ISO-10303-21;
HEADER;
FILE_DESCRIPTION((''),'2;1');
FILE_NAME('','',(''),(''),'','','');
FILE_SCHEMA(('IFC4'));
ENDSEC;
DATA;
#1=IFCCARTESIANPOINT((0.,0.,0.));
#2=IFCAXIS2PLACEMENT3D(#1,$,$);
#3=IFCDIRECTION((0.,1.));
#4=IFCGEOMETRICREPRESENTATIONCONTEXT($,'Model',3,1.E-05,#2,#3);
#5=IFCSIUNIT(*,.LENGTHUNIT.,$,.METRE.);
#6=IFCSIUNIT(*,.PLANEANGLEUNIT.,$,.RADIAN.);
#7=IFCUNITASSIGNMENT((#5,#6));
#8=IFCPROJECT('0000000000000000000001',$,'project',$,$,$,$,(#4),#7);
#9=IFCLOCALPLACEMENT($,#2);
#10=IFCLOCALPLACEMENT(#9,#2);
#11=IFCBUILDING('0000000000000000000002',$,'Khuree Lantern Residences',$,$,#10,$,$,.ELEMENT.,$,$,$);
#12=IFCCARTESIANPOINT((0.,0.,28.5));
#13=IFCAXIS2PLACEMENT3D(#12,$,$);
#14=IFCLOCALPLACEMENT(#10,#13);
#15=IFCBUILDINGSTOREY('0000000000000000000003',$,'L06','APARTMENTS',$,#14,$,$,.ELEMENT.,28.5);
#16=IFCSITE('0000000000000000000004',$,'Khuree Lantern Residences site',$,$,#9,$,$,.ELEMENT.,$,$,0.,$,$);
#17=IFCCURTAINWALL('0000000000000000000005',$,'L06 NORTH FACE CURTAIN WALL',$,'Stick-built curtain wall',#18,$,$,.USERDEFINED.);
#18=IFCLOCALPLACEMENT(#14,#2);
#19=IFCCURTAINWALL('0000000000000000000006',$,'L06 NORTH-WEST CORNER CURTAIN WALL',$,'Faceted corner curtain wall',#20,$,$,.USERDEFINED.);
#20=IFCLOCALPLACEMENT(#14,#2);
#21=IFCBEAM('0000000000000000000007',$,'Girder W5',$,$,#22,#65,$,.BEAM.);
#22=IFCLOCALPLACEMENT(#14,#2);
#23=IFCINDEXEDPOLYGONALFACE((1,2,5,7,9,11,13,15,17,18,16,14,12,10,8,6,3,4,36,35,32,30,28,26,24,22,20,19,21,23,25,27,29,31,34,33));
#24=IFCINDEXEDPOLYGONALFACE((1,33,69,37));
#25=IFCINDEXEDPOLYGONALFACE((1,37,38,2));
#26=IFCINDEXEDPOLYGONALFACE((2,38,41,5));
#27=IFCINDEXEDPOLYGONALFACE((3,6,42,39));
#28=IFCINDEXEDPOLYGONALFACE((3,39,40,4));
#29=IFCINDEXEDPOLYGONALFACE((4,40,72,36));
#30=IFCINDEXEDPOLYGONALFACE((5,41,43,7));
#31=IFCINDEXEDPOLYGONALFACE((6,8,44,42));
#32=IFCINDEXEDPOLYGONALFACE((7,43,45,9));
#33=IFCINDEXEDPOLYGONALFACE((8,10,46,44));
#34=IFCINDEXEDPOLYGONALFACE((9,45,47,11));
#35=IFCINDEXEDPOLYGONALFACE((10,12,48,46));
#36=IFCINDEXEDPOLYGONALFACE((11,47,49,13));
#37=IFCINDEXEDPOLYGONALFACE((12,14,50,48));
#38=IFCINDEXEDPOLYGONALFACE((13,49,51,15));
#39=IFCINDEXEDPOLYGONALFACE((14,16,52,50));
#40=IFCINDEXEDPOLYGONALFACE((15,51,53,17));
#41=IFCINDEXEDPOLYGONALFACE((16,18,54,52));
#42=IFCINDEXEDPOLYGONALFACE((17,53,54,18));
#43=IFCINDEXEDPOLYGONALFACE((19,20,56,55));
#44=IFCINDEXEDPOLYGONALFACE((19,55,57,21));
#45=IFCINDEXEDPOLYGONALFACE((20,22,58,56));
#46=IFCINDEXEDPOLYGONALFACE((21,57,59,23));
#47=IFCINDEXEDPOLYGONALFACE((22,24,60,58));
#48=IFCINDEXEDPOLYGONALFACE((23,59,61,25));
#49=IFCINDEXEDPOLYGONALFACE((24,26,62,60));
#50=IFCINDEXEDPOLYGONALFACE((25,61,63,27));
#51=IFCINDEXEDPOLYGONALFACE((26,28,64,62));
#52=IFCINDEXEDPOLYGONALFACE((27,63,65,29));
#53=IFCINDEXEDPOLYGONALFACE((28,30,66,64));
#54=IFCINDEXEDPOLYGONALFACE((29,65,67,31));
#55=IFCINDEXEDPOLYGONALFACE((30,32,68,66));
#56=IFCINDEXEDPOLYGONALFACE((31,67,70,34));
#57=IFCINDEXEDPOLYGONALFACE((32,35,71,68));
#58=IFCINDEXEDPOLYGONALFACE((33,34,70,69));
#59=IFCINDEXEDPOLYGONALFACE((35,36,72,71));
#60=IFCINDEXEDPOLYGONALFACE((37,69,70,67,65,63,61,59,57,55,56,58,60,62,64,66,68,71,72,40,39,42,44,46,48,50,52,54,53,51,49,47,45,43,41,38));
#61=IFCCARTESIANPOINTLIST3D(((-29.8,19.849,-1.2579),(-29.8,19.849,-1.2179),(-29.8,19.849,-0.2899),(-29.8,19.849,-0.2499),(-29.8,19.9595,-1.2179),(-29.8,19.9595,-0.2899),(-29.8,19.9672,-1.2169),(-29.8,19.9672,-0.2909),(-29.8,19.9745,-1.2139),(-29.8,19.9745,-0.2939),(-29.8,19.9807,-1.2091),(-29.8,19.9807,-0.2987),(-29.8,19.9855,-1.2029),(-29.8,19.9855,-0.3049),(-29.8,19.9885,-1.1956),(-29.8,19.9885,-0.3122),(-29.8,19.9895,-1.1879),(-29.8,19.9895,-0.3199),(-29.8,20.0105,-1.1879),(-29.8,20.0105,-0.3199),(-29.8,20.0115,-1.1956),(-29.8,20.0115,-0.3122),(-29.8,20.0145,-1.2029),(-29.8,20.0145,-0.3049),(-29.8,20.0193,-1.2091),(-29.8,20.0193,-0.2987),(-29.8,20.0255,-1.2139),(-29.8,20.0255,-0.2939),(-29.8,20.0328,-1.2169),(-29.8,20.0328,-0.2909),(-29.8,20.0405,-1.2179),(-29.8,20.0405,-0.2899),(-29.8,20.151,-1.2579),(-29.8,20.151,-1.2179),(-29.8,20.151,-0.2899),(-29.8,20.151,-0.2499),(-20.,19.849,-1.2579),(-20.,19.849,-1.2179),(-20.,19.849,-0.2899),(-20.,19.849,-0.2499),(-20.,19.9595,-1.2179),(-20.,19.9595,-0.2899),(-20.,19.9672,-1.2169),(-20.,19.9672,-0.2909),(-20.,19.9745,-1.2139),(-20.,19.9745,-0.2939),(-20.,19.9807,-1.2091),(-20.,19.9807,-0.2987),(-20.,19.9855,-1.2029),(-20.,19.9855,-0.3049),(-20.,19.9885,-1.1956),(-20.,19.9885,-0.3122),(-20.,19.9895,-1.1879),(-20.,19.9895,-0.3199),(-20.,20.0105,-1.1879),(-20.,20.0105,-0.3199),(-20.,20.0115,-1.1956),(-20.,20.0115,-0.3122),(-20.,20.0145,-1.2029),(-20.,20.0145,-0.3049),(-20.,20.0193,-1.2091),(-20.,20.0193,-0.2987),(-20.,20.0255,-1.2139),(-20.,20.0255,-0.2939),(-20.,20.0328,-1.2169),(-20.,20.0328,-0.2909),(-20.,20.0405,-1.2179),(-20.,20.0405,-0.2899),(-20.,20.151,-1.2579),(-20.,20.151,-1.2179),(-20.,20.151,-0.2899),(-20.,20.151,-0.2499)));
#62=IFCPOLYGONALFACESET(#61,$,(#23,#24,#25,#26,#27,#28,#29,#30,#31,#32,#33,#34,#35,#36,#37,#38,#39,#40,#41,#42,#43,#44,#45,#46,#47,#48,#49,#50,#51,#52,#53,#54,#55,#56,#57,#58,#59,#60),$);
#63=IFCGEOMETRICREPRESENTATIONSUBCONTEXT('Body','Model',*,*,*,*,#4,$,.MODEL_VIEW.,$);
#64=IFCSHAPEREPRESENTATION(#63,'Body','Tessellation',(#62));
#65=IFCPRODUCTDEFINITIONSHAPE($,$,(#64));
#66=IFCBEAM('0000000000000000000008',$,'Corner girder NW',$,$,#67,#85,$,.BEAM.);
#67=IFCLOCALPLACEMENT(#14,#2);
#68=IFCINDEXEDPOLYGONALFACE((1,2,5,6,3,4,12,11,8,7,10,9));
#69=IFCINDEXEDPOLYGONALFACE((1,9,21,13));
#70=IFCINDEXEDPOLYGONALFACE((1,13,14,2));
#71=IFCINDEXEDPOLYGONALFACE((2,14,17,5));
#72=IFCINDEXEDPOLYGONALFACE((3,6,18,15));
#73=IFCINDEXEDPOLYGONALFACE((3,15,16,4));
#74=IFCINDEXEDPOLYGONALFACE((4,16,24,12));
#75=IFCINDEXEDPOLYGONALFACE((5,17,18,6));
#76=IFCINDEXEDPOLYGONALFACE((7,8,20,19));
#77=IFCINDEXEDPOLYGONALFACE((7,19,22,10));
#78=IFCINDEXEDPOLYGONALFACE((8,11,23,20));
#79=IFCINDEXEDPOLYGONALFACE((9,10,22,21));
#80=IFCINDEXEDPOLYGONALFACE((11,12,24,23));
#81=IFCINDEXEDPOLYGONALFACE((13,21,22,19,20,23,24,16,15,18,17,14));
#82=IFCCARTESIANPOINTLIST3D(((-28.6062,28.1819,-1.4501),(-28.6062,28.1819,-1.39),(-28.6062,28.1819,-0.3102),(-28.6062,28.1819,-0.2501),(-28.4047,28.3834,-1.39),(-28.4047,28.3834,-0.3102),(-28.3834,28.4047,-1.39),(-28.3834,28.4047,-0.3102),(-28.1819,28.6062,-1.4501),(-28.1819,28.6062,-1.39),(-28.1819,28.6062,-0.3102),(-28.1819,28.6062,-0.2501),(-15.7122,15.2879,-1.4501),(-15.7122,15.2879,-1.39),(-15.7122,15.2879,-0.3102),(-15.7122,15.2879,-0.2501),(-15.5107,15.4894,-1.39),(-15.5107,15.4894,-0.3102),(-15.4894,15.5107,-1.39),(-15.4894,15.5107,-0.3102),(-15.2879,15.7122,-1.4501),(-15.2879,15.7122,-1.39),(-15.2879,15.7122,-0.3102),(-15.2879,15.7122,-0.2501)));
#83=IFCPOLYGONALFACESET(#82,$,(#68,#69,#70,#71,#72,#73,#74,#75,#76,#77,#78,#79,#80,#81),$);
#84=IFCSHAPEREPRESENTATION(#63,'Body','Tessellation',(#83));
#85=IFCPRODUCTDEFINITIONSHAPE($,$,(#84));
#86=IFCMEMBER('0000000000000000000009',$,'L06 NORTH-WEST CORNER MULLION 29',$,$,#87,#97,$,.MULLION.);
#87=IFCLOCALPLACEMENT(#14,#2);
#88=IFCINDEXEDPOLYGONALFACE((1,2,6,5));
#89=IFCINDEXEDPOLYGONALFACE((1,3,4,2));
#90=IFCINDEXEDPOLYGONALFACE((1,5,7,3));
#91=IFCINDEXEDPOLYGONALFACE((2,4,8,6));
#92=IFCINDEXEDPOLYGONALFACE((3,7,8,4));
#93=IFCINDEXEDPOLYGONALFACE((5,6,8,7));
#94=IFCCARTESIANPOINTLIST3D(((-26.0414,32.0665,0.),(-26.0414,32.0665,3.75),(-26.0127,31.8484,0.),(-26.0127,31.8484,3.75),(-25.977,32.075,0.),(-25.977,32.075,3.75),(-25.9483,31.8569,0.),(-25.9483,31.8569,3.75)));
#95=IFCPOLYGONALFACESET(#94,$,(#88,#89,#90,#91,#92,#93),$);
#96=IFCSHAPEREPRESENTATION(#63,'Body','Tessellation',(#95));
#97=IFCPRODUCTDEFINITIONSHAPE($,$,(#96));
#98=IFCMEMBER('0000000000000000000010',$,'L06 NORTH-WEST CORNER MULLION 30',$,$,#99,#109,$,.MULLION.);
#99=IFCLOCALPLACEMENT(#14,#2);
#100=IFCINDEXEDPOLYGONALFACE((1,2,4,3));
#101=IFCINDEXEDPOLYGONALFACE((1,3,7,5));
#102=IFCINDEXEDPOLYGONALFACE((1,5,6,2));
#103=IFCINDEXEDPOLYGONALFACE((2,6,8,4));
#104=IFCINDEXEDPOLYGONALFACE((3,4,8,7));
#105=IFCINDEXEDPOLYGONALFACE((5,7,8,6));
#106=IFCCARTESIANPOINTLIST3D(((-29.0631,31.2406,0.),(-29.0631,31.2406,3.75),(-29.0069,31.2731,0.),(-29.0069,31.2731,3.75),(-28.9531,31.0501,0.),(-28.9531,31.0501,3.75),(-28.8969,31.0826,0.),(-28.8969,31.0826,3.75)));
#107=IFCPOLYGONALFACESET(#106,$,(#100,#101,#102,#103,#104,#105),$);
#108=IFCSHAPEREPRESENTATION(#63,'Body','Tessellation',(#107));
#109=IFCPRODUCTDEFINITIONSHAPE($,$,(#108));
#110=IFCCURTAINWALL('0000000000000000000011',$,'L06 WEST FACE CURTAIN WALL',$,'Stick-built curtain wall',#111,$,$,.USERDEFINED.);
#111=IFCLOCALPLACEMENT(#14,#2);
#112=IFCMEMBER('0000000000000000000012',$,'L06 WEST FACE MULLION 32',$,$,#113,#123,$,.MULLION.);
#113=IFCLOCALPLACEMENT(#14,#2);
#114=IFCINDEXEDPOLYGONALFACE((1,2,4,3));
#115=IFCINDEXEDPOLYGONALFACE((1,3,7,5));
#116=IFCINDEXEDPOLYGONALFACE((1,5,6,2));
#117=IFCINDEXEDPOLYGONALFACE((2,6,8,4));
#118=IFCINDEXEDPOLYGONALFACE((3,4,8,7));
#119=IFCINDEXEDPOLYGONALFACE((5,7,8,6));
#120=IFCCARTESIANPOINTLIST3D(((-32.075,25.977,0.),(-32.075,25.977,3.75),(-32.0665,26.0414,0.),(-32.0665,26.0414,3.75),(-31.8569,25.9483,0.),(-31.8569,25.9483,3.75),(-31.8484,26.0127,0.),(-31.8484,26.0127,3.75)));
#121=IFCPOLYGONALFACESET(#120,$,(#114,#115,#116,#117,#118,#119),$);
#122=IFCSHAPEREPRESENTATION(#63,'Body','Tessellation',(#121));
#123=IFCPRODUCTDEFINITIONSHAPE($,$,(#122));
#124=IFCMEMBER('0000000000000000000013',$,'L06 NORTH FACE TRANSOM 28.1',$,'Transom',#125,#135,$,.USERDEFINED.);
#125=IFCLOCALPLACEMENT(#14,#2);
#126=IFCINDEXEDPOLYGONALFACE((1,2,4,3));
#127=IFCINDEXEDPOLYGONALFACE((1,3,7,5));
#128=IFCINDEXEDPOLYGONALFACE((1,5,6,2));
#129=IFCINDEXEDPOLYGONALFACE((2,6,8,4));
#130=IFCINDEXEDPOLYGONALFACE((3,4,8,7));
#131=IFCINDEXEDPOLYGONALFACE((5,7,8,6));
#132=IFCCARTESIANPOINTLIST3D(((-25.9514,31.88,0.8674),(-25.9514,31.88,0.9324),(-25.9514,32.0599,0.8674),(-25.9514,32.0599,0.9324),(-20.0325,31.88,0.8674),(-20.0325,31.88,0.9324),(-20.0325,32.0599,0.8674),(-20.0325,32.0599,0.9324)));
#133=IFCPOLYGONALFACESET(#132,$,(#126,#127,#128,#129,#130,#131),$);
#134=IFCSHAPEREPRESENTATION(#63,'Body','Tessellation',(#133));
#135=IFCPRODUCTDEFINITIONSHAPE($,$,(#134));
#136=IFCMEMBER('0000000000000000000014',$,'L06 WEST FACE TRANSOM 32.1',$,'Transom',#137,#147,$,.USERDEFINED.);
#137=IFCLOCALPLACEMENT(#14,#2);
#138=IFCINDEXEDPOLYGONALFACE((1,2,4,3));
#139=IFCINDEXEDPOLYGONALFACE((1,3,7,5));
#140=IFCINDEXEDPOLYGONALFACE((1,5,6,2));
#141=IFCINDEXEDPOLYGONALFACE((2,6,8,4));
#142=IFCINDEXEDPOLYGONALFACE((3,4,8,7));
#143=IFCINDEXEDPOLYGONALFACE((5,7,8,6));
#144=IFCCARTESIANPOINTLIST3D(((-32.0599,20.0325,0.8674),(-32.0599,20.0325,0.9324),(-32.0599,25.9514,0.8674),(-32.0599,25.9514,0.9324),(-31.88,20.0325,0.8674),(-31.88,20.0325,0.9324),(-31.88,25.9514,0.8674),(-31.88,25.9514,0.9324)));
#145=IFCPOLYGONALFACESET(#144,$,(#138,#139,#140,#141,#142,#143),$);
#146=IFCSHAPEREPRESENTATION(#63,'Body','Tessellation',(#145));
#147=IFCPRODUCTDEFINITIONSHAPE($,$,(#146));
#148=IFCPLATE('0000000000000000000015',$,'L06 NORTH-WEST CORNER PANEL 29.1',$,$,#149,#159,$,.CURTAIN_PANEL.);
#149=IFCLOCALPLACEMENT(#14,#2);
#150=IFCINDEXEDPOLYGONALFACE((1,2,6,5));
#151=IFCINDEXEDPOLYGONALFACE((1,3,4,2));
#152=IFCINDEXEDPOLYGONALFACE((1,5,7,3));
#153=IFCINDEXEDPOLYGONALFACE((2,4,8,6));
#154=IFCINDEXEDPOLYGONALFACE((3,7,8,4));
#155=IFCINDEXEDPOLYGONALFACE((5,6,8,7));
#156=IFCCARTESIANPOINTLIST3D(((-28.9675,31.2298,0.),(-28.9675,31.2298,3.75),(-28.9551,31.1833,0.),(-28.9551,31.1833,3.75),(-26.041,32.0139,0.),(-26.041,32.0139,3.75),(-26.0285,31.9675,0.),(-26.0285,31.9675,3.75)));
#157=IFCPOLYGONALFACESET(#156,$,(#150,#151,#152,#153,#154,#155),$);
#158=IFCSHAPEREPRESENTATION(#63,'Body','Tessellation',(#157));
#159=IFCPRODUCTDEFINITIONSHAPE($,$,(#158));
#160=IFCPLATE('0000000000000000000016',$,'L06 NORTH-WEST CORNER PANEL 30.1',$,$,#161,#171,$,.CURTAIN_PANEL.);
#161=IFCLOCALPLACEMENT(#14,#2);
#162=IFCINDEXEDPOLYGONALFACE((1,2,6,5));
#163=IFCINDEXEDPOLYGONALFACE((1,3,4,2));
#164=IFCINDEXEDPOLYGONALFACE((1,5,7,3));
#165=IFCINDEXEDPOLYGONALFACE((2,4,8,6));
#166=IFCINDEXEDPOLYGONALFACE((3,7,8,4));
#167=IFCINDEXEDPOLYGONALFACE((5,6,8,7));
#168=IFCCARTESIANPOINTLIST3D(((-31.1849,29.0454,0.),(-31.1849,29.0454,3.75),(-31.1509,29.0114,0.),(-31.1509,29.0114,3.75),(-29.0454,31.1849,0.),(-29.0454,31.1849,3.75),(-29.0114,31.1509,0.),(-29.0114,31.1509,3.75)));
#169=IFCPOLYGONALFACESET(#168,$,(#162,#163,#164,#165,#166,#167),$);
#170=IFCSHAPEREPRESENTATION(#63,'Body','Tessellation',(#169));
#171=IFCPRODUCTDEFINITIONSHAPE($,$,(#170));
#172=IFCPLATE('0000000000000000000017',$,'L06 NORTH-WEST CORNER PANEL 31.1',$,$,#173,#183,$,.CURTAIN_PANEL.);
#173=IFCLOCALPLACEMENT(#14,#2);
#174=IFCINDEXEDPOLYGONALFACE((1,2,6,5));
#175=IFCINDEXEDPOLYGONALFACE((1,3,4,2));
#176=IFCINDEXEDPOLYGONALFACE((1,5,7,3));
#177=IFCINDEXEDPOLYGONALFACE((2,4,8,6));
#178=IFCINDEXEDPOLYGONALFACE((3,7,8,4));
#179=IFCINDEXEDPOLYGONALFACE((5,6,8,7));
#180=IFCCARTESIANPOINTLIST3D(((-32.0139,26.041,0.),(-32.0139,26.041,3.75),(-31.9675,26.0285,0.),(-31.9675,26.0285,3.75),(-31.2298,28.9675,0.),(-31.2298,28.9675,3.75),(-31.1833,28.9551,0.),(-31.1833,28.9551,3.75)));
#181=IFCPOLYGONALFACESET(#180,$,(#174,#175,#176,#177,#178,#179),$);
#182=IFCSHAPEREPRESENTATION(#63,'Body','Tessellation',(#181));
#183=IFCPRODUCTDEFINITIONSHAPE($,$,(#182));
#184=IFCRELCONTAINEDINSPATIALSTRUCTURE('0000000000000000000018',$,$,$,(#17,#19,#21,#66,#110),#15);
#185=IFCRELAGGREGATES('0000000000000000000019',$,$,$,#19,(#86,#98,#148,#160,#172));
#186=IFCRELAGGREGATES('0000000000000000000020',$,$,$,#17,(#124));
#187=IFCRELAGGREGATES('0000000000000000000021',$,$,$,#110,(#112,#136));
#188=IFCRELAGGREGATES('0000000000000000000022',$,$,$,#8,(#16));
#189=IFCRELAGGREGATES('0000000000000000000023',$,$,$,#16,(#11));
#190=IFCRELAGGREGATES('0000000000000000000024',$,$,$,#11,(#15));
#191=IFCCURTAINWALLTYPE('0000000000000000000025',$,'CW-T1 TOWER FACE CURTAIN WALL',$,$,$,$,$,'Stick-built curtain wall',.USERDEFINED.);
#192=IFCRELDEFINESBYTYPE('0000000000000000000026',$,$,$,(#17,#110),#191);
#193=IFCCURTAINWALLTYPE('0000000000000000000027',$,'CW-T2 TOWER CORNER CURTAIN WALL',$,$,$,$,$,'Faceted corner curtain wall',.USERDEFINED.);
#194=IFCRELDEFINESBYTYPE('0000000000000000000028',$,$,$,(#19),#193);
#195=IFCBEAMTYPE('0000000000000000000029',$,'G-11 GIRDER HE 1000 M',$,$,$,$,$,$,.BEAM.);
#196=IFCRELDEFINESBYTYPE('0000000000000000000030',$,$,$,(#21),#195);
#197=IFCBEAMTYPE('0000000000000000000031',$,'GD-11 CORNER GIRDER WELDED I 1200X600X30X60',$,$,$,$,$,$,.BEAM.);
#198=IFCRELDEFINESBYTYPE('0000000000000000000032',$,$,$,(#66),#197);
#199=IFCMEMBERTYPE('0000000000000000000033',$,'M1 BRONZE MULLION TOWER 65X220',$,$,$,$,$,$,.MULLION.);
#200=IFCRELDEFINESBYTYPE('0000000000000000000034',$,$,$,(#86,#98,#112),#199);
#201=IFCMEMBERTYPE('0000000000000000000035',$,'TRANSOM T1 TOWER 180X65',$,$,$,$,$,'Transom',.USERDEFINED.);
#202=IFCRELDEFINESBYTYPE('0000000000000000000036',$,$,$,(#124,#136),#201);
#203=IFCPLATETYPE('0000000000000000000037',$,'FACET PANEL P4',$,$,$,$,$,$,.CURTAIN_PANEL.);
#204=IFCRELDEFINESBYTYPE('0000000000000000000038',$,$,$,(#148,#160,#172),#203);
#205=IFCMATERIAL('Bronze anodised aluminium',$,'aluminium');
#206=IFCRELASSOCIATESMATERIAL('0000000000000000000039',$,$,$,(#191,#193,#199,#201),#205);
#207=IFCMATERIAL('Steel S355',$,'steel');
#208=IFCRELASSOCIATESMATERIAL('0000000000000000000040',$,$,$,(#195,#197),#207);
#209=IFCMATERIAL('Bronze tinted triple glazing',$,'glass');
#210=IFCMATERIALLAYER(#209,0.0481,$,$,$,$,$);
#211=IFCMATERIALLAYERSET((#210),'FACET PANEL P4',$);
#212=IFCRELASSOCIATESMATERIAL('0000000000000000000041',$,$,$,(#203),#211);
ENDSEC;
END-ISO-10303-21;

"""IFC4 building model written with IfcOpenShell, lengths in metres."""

from ifc_helpers import new_model, si_unit, direction, frame, origin, origin_2d, place, context, subcontext, project, spatial, rectangle, i_section, extrude, material, layer, layer_set, material_profile, profile_set, type_object, element, aggregate, save


model = new_model("IFC4")

# Units and contexts
model_context = context("Model", 3, precision=1e-05, world=origin(), true_north=direction((0.0, 1.0)))
body_context = subcontext(model_context, "Body", "Model", "MODEL_VIEW")
ifc_project = project(units=[si_unit("LENGTHUNIT", "METRE"), si_unit("PLANEANGLEUNIT", "RADIAN")], contexts=[model_context])

# Site, building, storey
site_placement = place(None, origin())
site = spatial("IfcSite", under=ifc_project, at=site_placement, Name="Khuree Lantern Residences site", CompositionType="ELEMENT", RefElevation=0.0)
building_placement = place(site_placement, origin())
building = spatial("IfcBuilding", under=site, at=building_placement, Name="Khuree Lantern Residences", CompositionType="ELEMENT")
storey_placement = place(building_placement, frame((0.0, 0.0, 28.5)))
storey = spatial("IfcBuildingStorey", under=building, at=storey_placement, Name="L06", Description="APARTMENTS", CompositionType="ELEMENT", Elevation=28.5)

# Shared definitions
ifc_material_1 = material(Name="Steel S355", Category="steel")

# Curtain walls
ifc_material_2 = material(Name="Bronze anodised aluminium", Category="aluminium")
curtain_wall_type_1 = type_object("IfcCurtainWallType", Name="CW-T1 TOWER FACE CURTAIN WALL", ElementType="Stick-built curtain wall", PredefinedType="USERDEFINED", material=ifc_material_2)
curtain_wall_1_placement = place(storey_placement, origin())
curtain_wall_1 = element("IfcCurtainWall", 1, at=curtain_wall_1_placement, inside=storey, type_object=curtain_wall_type_1, Name="L06 NORTH FACE CURTAIN WALL", ObjectType="Stick-built curtain wall", PredefinedType="USERDEFINED")
curtain_wall_type_2 = type_object("IfcCurtainWallType", Name="CW-T2 TOWER CORNER CURTAIN WALL", ElementType="Faceted corner curtain wall", PredefinedType="USERDEFINED", material=ifc_material_2)
curtain_wall_2_placement = place(storey_placement, origin())
curtain_wall_2 = element("IfcCurtainWall", 2, at=curtain_wall_2_placement, inside=storey, type_object=curtain_wall_type_2, Name="L06 NORTH-WEST CORNER CURTAIN WALL", ObjectType="Faceted corner curtain wall", PredefinedType="USERDEFINED")

# Beams
ifc_material_profile_1 = material_profile(ifc_material_1, i_section(OverallWidth=0.302, OverallDepth=1.0081, WebThickness=0.021, FlangeThickness=0.04, FilletRadius=0.03, at=origin_2d()), Name="HE 1000 M")
ifc_profile_set_1 = profile_set([ifc_material_profile_1], Name="Steel S355")
beam_type_1 = type_object("IfcBeamType", Name="G-11 GIRDER HE 1000 M", PredefinedType="BEAM", material=ifc_profile_set_1)
for number, where, z_axis, x_axis, name in (
    (3, (-29.8, 20.0, -0.7539), (1.0, 0.0, 0.0), (0.0, 1.0, 0.0), "Girder W5"),
):
    element("IfcBeam", number, at=place(storey_placement, frame(where, z_axis=z_axis, x_axis=x_axis)), inside=storey, type_object=beam_type_1, Name=name, PredefinedType="BEAM", context=body_context, shape_type="SweptSolid", body=[
        extrude(i_section(OverallWidth=0.302, OverallDepth=1.0081, WebThickness=0.021, FlangeThickness=0.04, FilletRadius=0.03, at=origin_2d()), origin(), (0.0, 0.0, 1.0), 9.8),
    ])
ifc_material_profile_2 = material_profile(ifc_material_1, i_section(OverallWidth=0.6001, OverallDepth=1.2, WebThickness=0.03, FlangeThickness=0.0601, at=origin_2d()), Name="WELDED I 1200X600X30X60")
ifc_profile_set_2 = profile_set([ifc_material_profile_2], Name="Steel S355")
beam_type_2 = type_object("IfcBeamType", Name="GD-11 CORNER GIRDER WELDED I 1200X600X30X60", PredefinedType="BEAM", material=ifc_profile_set_2)
beam_1_placement = place(storey_placement, frame((-28.394, 28.394, -0.8501), z_axis=(0.707107, -0.707107, 0.0), x_axis=(0.707107, 0.707107, 0.0)))
element("IfcBeam", 4, at=beam_1_placement, inside=storey, type_object=beam_type_2, Name="Corner girder NW", PredefinedType="BEAM", context=body_context, shape_type="SweptSolid", body=[
    extrude(i_section(OverallWidth=0.6001, OverallDepth=1.2, WebThickness=0.03, FlangeThickness=0.0601, at=origin_2d()), origin(), (0.0, 0.0, 1.0), 18.2349),
])

# Members
ifc_material_profile_3 = material_profile(ifc_material_2, rectangle(XDim=0.0649, YDim=0.22, at=origin_2d()), Name="M1 65X220")
ifc_profile_set_3 = profile_set([ifc_material_profile_3], Name="Bronze anodised aluminium")
member_type_1 = type_object("IfcMemberType", Name="M1 BRONZE MULLION TOWER 65X220", PredefinedType="MULLION", material=ifc_profile_set_3)
member_1_placement = place(storey_placement, frame((-25.9949, 31.9617, 0.0), z_axis=(0.0, 0.0, 1.0), x_axis=(-0.991445, -0.130526, 0.0)))
member_1 = element("IfcMember", 5, at=member_1_placement, type_object=member_type_1, Name="L06 NORTH-WEST CORNER MULLION 29", PredefinedType="MULLION", context=body_context, shape_type="SweptSolid", body=[
    extrude(rectangle(XDim=0.0649, YDim=0.22, at=origin_2d()), origin(), (0.0, 0.0, 1.0), 3.75),
])
member_2_placement = place(storey_placement, frame((-28.98, 31.1616, 0.0), z_axis=(0.0, 0.0, 1.0), x_axis=(-0.866025, -0.5, 0.0)))
member_2 = element("IfcMember", 6, at=member_2_placement, type_object=member_type_1, Name="L06 NORTH-WEST CORNER MULLION 30", PredefinedType="MULLION", context=body_context, shape_type="SweptSolid", body=[
    extrude(rectangle(XDim=0.0649, YDim=0.22, at=origin_2d()), origin(), (0.0, 0.0, 1.0), 3.75),
])

# Curtain wall, member
curtain_wall_3_placement = place(storey_placement, origin())
curtain_wall_3 = element("IfcCurtainWall", 7, at=curtain_wall_3_placement, inside=storey, type_object=curtain_wall_type_1, Name="L06 WEST FACE CURTAIN WALL", ObjectType="Stick-built curtain wall", PredefinedType="USERDEFINED")
member_3_placement = place(storey_placement, frame((-31.9617, 25.9949, 0.0), z_axis=(0.0, 0.0, 1.0), x_axis=(-0.130526, -0.991445, 0.0)))
member_3 = element("IfcMember", 8, at=member_3_placement, type_object=member_type_1, Name="L06 WEST FACE MULLION 32", PredefinedType="MULLION", context=body_context, shape_type="SweptSolid", body=[
    extrude(rectangle(XDim=0.0649, YDim=0.22, at=origin_2d()), origin(), (0.0, 0.0, 1.0), 3.75),
])

# Members
ifc_material_profile_4 = material_profile(ifc_material_2, rectangle(XDim=0.1799, YDim=0.0649, at=origin_2d()), Name="T1 180X65")
ifc_profile_set_4 = profile_set([ifc_material_profile_4], Name="Bronze anodised aluminium")
member_type_2 = type_object("IfcMemberType", Name="TRANSOM T1 TOWER 180X65", ElementType="Transom", PredefinedType="USERDEFINED", material=ifc_profile_set_4)
member_4_placement = place(storey_placement, frame((-20.0325, 31.97, 0.8999), z_axis=(-1.0, 0.0, 0.0), x_axis=(0.0, -1.0, 0.0)))
member_4 = element("IfcMember", 9, at=member_4_placement, type_object=member_type_2, Name="L06 NORTH FACE TRANSOM 28.1", ObjectType="Transom", PredefinedType="USERDEFINED", context=body_context, shape_type="SweptSolid", body=[
    extrude(rectangle(XDim=0.1799, YDim=0.0649, at=origin_2d()), origin(), (0.0, 0.0, 1.0), 5.9189),
])
member_5_placement = place(storey_placement, frame((-31.97, 25.9514, 0.8999), z_axis=(0.0, -1.0, 0.0), x_axis=(1.0, 0.0, 0.0)))
member_5 = element("IfcMember", 10, at=member_5_placement, type_object=member_type_2, Name="L06 WEST FACE TRANSOM 32.1", ObjectType="Transom", PredefinedType="USERDEFINED", context=body_context, shape_type="SweptSolid", body=[
    extrude(rectangle(XDim=0.1799, YDim=0.0649, at=origin_2d()), origin(), (0.0, 0.0, 1.0), 5.9189),
])

# Plates
ifc_material_3 = material(Name="Bronze tinted triple glazing", Category="glass")
ifc_layer_1 = layer(ifc_material_3, 0.0481)
ifc_layer_set_1 = layer_set([ifc_layer_1], Name="FACET PANEL P4")
plate_type_1 = type_object("IfcPlateType", Name="FACET PANEL P4", PredefinedType="CURTAIN_PANEL", material=ifc_layer_set_1)
plate_1_placement = place(storey_placement, frame((-27.498, 31.5986, 0.0), z_axis=(0.0, 0.0, 1.0), x_axis=(-0.965926, -0.258819, 0.0)))
plate_1 = element("IfcPlate", 11, at=plate_1_placement, type_object=plate_type_1, Name="L06 NORTH-WEST CORNER PANEL 29.1", PredefinedType="CURTAIN_PANEL", context=body_context, shape_type="SweptSolid", body=[
    extrude(rectangle(XDim=3.0298, YDim=0.0481, at=origin_2d()), origin(), (0.0, 0.0, 1.0), 3.75),
])
plate_2_placement = place(storey_placement, frame((-30.0981, 30.0981, 0.0), z_axis=(0.0, 0.0, 1.0), x_axis=(-0.707107, -0.707107, 0.0)))
plate_2 = element("IfcPlate", 12, at=plate_2_placement, type_object=plate_type_1, Name="L06 NORTH-WEST CORNER PANEL 30.1", PredefinedType="CURTAIN_PANEL", context=body_context, shape_type="SweptSolid", body=[
    extrude(rectangle(XDim=3.0256, YDim=0.0481, at=origin_2d()), origin(), (0.0, 0.0, 1.0), 3.75),
])
plate_3_placement = place(storey_placement, frame((-31.5986, 27.498, 0.0), z_axis=(0.0, 0.0, 1.0), x_axis=(-0.258819, -0.965926, 0.0)))
plate_3 = element("IfcPlate", 13, at=plate_3_placement, type_object=plate_type_1, Name="L06 NORTH-WEST CORNER PANEL 31.1", PredefinedType="CURTAIN_PANEL", context=body_context, shape_type="SweptSolid", body=[
    extrude(rectangle(XDim=3.0298, YDim=0.0481, at=origin_2d()), origin(), (0.0, 0.0, 1.0), 3.75),
])
aggregate(curtain_wall_2, [member_1, member_2, plate_1, plate_2, plate_3])
aggregate(curtain_wall_1, [member_4])
aggregate(curtain_wall_3, [member_3, member_5])

save(model, "model.ifc")
